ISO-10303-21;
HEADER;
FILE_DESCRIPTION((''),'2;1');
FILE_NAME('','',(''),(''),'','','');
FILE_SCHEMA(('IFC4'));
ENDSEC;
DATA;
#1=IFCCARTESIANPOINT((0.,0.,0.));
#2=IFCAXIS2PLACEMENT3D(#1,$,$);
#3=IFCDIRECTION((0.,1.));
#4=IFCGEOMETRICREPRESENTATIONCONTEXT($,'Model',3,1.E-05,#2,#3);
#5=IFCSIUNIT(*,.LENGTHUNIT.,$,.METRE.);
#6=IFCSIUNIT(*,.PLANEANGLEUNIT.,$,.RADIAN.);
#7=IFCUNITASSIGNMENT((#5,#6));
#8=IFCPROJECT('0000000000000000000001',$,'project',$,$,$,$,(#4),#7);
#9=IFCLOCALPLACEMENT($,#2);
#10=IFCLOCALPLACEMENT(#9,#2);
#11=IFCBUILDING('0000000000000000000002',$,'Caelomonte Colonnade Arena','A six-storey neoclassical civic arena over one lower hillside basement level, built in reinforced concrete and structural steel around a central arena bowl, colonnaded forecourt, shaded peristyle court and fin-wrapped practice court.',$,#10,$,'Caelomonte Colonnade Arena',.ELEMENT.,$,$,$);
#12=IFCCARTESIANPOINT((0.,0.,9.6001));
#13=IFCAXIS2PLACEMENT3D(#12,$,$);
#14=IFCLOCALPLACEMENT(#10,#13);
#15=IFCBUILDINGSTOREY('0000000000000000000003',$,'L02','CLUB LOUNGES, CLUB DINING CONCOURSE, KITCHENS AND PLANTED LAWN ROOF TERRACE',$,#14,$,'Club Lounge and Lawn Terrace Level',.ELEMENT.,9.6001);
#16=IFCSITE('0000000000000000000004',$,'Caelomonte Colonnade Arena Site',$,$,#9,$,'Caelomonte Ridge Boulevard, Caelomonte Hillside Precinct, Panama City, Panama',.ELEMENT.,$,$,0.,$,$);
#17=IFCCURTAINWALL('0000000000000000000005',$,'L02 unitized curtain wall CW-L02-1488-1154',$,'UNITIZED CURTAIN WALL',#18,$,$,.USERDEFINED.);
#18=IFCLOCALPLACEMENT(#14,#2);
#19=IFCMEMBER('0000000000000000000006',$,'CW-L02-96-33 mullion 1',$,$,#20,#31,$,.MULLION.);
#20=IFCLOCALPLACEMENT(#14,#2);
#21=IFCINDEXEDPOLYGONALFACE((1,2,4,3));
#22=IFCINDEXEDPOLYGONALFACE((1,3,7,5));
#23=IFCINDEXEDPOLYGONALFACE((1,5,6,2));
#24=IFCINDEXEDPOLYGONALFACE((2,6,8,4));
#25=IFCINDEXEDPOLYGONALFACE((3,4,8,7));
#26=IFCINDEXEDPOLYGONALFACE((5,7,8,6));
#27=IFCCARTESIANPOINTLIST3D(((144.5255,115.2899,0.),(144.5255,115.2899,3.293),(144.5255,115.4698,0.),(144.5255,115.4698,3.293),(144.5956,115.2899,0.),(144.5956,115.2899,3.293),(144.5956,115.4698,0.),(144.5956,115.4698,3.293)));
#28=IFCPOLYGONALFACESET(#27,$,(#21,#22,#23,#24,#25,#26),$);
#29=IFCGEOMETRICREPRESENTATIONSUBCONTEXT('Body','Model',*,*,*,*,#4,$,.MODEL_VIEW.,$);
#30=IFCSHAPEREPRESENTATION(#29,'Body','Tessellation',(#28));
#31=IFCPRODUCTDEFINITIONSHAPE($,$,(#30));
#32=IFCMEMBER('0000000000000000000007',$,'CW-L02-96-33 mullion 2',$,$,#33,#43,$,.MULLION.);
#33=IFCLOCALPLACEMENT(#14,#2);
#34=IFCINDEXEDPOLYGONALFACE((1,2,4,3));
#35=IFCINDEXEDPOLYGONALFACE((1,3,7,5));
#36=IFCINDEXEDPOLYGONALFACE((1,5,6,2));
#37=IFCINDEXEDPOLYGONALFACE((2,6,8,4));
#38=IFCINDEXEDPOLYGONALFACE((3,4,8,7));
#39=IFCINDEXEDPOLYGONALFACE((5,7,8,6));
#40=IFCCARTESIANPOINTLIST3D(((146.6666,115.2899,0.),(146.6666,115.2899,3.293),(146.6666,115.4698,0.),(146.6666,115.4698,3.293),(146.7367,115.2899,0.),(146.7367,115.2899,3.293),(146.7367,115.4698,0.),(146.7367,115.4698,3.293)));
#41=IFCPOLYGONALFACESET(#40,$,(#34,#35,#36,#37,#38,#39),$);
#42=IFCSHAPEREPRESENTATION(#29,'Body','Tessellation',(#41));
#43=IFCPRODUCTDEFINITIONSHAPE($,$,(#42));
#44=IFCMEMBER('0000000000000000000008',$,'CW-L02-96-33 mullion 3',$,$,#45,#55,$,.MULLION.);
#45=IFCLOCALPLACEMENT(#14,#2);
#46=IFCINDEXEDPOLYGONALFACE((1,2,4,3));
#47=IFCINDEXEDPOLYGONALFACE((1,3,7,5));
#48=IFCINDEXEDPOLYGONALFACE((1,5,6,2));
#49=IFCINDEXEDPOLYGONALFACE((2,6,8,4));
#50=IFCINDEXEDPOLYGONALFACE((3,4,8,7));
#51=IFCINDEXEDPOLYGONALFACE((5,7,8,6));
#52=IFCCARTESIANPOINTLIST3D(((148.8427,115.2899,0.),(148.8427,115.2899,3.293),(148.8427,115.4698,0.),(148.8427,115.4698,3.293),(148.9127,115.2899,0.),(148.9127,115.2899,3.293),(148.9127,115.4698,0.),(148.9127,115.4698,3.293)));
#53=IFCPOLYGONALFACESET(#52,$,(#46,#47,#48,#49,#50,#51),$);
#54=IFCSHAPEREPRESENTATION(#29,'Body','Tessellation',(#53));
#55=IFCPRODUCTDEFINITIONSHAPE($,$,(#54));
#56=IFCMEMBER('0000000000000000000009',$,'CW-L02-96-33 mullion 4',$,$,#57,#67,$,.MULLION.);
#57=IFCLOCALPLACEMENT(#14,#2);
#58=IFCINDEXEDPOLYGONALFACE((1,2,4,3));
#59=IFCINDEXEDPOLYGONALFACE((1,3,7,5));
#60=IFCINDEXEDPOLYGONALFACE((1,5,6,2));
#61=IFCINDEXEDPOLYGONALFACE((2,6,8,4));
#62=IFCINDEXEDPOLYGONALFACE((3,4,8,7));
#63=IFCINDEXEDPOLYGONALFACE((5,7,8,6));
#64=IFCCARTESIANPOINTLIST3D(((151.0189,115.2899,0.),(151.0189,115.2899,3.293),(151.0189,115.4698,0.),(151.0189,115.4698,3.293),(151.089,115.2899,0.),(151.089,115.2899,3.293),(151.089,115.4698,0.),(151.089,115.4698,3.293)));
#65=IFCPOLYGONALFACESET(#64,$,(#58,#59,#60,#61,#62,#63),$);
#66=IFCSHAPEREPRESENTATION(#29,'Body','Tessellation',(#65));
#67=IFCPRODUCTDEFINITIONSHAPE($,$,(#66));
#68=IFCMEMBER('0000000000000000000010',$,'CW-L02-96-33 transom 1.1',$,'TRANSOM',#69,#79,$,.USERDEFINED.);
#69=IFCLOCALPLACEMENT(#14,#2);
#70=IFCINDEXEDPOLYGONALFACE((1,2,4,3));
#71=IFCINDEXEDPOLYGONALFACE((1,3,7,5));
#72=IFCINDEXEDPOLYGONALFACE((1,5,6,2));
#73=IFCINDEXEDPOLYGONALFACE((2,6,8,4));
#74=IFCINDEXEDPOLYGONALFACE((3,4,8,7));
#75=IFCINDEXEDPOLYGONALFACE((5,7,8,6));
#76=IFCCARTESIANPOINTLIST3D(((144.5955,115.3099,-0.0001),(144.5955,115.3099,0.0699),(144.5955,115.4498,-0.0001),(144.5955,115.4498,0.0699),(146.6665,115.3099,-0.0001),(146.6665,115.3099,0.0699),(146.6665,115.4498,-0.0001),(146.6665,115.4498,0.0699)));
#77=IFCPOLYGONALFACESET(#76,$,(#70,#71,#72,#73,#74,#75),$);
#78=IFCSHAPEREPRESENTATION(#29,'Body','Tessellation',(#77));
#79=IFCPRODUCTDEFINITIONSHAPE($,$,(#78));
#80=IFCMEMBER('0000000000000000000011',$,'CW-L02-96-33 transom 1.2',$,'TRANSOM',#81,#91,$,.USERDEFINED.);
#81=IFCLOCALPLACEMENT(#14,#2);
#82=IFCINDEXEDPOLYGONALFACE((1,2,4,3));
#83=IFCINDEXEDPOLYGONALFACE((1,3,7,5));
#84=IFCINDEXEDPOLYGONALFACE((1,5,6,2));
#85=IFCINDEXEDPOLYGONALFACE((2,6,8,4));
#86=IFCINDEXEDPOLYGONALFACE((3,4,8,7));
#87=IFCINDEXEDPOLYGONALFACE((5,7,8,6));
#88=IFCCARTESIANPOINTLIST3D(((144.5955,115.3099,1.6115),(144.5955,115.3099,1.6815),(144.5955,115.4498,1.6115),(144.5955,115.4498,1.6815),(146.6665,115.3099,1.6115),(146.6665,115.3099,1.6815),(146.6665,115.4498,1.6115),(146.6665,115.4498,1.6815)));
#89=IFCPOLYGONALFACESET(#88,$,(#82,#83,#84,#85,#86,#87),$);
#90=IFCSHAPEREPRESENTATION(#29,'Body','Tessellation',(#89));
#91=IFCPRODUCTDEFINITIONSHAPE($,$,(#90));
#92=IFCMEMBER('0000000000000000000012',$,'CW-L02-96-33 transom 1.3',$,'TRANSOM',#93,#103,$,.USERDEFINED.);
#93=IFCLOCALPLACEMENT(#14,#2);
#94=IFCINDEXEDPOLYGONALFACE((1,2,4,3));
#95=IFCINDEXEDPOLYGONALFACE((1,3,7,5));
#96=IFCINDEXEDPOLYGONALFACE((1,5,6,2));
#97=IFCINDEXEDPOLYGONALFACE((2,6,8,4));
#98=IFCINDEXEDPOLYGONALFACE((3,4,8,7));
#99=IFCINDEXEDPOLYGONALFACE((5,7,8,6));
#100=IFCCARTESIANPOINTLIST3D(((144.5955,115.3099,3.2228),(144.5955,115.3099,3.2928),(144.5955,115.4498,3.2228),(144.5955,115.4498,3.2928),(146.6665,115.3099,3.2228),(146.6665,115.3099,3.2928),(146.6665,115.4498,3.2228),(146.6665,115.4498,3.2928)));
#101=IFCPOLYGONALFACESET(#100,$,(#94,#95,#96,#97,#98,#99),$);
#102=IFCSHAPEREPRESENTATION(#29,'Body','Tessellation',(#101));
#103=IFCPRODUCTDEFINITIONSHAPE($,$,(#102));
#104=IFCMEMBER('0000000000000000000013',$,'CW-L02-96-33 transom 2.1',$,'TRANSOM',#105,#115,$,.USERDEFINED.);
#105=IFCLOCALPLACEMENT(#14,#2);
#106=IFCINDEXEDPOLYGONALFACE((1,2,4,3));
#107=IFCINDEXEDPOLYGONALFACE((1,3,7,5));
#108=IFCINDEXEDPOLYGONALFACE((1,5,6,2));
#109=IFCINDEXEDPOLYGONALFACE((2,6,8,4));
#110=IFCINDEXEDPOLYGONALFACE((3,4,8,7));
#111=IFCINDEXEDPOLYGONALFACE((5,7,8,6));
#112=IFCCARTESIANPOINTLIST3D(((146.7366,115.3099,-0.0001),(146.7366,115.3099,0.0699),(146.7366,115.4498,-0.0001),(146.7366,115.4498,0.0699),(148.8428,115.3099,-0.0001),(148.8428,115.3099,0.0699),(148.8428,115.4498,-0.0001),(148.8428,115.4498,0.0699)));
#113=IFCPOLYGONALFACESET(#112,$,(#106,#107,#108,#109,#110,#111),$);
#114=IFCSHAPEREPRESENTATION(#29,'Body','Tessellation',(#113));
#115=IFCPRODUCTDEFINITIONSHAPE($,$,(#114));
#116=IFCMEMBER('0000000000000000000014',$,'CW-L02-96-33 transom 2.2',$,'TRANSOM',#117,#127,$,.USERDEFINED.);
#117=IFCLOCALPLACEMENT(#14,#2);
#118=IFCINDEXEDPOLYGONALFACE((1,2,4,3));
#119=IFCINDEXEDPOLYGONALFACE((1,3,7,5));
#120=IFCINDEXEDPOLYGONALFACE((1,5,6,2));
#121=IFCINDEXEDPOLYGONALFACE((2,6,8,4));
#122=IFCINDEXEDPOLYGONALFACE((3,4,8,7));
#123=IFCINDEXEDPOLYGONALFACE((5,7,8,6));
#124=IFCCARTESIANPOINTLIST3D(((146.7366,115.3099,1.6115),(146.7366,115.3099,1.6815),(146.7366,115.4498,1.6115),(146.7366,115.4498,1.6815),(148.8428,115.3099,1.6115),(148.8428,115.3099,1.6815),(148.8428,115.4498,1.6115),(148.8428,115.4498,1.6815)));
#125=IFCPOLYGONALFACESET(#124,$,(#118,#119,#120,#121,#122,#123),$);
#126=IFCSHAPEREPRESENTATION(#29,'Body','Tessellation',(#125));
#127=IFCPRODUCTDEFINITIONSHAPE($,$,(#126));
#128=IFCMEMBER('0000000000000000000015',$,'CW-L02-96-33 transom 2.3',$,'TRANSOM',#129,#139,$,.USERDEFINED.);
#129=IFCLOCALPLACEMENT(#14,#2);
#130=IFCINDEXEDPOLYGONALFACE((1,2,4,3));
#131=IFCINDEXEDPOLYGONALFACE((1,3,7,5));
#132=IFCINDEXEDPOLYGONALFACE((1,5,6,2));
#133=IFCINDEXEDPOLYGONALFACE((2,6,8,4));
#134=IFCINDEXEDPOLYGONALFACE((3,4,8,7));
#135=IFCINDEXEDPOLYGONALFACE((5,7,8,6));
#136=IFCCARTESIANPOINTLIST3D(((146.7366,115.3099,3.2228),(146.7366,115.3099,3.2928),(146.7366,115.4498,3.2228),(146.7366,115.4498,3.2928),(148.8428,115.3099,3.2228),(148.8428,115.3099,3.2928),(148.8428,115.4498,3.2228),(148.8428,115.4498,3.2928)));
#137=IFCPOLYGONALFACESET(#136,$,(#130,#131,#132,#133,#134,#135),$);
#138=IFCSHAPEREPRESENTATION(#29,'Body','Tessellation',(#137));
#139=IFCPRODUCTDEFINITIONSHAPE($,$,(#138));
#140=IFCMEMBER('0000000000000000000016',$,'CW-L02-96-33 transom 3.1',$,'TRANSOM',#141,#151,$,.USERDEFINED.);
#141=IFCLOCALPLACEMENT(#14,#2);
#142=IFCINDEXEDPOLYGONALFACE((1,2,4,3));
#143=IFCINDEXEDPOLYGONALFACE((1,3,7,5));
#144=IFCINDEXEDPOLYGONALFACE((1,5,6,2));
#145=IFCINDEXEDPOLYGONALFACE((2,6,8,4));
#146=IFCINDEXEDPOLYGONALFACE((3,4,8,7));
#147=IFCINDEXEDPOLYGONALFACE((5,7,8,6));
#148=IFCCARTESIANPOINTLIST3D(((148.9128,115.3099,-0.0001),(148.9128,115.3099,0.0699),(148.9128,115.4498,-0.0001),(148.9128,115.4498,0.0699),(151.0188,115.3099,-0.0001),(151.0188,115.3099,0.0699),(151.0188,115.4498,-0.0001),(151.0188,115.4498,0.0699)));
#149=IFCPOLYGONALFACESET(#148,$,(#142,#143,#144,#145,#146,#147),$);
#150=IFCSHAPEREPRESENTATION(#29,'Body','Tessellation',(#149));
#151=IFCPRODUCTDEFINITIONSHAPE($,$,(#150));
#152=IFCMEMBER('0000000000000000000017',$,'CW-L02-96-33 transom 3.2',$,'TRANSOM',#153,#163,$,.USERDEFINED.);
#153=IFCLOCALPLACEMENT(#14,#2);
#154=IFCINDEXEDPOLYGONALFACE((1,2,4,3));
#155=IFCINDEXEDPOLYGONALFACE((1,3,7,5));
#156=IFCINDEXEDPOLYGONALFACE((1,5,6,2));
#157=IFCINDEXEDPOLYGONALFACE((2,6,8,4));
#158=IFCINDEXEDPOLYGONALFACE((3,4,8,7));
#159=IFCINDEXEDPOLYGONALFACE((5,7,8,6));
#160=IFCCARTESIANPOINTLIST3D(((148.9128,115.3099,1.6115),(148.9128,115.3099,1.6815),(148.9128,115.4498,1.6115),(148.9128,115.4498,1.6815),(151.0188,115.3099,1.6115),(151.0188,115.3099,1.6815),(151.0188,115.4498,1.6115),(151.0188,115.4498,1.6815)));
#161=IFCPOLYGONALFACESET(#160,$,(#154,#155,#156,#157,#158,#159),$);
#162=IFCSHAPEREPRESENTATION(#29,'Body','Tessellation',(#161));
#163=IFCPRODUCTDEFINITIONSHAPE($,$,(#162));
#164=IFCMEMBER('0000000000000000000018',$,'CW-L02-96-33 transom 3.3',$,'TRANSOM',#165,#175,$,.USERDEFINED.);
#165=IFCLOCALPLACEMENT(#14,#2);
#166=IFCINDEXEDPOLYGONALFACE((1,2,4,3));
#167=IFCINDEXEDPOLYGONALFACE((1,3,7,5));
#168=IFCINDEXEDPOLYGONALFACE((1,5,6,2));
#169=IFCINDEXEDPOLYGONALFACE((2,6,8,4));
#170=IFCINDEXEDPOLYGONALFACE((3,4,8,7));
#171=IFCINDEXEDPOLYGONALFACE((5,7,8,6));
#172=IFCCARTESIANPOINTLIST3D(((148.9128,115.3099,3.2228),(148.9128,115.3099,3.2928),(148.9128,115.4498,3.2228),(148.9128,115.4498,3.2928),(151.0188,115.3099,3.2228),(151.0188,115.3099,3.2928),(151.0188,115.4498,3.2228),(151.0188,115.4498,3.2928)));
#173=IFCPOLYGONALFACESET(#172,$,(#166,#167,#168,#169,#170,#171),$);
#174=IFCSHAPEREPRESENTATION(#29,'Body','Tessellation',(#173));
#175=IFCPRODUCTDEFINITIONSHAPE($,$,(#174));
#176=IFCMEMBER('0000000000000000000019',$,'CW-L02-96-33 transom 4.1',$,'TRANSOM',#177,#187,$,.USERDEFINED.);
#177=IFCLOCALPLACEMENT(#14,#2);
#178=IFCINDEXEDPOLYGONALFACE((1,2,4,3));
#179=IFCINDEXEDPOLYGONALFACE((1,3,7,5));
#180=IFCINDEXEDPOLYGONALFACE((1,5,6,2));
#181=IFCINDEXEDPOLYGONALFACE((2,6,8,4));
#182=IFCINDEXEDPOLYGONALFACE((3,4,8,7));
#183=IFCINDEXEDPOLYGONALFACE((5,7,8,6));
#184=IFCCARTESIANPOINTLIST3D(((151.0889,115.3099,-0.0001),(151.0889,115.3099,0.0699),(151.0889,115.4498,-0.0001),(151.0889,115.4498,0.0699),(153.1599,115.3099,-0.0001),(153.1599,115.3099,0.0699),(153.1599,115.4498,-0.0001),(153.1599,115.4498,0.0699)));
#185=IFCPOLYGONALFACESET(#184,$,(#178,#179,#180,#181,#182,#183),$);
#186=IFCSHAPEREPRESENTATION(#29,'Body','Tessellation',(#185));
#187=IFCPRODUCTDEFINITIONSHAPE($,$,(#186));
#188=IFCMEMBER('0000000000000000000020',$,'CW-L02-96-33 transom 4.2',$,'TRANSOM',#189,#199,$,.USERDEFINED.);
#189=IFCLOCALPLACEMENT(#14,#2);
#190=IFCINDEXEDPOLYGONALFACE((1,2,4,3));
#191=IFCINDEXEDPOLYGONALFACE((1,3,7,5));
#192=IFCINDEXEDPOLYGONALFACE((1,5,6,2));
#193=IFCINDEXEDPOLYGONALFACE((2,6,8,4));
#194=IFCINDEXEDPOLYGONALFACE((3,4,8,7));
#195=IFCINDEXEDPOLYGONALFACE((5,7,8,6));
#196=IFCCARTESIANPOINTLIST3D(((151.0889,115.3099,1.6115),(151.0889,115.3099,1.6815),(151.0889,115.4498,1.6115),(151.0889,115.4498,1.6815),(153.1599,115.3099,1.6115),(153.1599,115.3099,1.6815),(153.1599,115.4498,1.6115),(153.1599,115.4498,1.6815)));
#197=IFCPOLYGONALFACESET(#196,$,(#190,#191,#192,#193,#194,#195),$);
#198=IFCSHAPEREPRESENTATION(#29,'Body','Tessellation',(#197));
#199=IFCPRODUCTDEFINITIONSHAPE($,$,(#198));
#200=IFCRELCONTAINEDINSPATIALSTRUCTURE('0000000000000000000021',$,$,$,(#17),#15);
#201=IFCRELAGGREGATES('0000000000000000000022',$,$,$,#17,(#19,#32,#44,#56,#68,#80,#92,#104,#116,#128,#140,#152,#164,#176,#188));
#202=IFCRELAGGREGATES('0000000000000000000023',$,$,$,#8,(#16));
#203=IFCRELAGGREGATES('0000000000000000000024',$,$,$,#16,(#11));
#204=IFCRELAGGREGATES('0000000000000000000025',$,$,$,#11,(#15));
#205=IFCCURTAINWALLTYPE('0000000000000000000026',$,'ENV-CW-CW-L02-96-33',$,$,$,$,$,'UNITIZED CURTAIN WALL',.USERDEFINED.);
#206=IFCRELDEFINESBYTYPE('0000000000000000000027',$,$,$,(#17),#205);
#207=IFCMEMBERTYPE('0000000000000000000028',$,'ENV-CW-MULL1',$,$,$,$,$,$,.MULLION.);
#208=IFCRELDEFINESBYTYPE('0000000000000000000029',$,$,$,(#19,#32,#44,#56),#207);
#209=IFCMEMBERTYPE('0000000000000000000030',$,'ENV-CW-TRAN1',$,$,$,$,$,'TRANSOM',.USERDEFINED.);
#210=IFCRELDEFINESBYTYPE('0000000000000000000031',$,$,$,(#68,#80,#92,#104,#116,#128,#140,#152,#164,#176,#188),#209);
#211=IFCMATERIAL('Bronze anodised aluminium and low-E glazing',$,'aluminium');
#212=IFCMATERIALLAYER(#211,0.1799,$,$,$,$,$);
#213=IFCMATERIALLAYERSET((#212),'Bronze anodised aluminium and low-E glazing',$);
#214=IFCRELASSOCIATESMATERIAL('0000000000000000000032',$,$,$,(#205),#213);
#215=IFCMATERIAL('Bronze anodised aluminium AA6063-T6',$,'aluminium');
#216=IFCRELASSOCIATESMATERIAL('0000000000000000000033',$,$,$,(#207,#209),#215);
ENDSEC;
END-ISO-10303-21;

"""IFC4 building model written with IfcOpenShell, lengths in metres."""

from ifc_helpers import new_model, si_unit, direction, frame, origin, origin_2d, place, context, subcontext, project, spatial, rectangle, extrude, material, layer, layer_set, material_profile, profile_set, type_object, element, aggregate, save


model = new_model("IFC4")

# Units and contexts
model_context = context("Model", 3, precision=1e-05, world=origin(), true_north=direction((0.0, 1.0)))
body_context = subcontext(model_context, "Body", "Model", "MODEL_VIEW")
ifc_project = project(units=[si_unit("LENGTHUNIT", "METRE"), si_unit("PLANEANGLEUNIT", "RADIAN")], contexts=[model_context])

# Site, building, storey
site_placement = place(None, origin())
site = spatial("IfcSite", under=ifc_project, at=site_placement, Name="Caelomonte Colonnade Arena Site", LongName="Caelomonte Ridge Boulevard, Caelomonte Hillside Precinct, Panama City, Panama", CompositionType="ELEMENT", RefElevation=0.0)
building_placement = place(site_placement, origin())
building = spatial("IfcBuilding", under=site, at=building_placement, Name="Caelomonte Colonnade Arena", Description="A six-storey neoclassical civic arena over one lower hillside basement level, built in reinforced concrete and structural steel around a central arena bowl, colonnaded forecourt, shaded peristyle court and fin-wrapped practice court.", LongName="Caelomonte Colonnade Arena", CompositionType="ELEMENT")
storey_placement = place(building_placement, frame((0.0, 0.0, 9.6001)))
storey = spatial("IfcBuildingStorey", under=building, at=storey_placement, Name="L02", Description="CLUB LOUNGES, CLUB DINING CONCOURSE, KITCHENS AND PLANTED LAWN ROOF TERRACE", LongName="Club Lounge and Lawn Terrace Level", CompositionType="ELEMENT", Elevation=9.6001)

# Curtain wall, members
ifc_material_1 = material(Name="Bronze anodised aluminium and low-E glazing", Category="aluminium")
ifc_layer_1 = layer(ifc_material_1, 0.1799)
ifc_layer_set_1 = layer_set([ifc_layer_1], Name="Bronze anodised aluminium and low-E glazing")
curtain_wall_type = type_object("IfcCurtainWallType", Name="ENV-CW-CW-L02-96-33", ElementType="UNITIZED CURTAIN WALL", PredefinedType="USERDEFINED", material=ifc_layer_set_1)
curtain_wall_placement = place(storey_placement, origin())
curtain_wall = element("IfcCurtainWall", 1, at=curtain_wall_placement, inside=storey, type_object=curtain_wall_type, Name="L02 unitized curtain wall CW-L02-1488-1154", ObjectType="UNITIZED CURTAIN WALL", PredefinedType="USERDEFINED")
ifc_material_2 = material(Name="Bronze anodised aluminium AA6063-T6", Category="aluminium")
ifc_material_profile_1 = material_profile(ifc_material_2, rectangle(XDim=0.0701, YDim=0.1799, at=origin_2d()), Name="CWM-70X180")
ifc_profile_set_1 = profile_set([ifc_material_profile_1], Name="Bronze anodised aluminium AA6063-T6")
member_type_1 = type_object("IfcMemberType", Name="ENV-CW-MULL1", PredefinedType="MULLION", material=ifc_profile_set_1)
member_1_placement = place(storey_placement, frame((144.5605, 115.3799, 0.0), z_axis=(0.0, 0.0, 1.0), x_axis=(1.0, 0.0, 0.0)))
member_1 = element("IfcMember", 2, at=member_1_placement, type_object=member_type_1, Name="CW-L02-96-33 mullion 1", PredefinedType="MULLION", context=body_context, shape_type="SweptSolid", body=[
    extrude(rectangle(XDim=0.0701, YDim=0.1799, at=origin_2d()), origin(), (0.0, 0.0, 1.0), 3.293),
])
member_2_placement = place(storey_placement, frame((146.7017, 115.3799, 0.0), z_axis=(0.0, 0.0, 1.0), x_axis=(1.0, 0.0, 0.0)))
member_2 = element("IfcMember", 3, at=member_2_placement, type_object=member_type_1, Name="CW-L02-96-33 mullion 2", PredefinedType="MULLION", context=body_context, shape_type="SweptSolid", body=[
    extrude(rectangle(XDim=0.0701, YDim=0.1799, at=origin_2d()), origin(), (0.0, 0.0, 1.0), 3.293),
])
member_3_placement = place(storey_placement, frame((148.8777, 115.3799, 0.0), z_axis=(0.0, 0.0, 1.0), x_axis=(1.0, 0.0, 0.0)))
member_3 = element("IfcMember", 4, at=member_3_placement, type_object=member_type_1, Name="CW-L02-96-33 mullion 3", PredefinedType="MULLION", context=body_context, shape_type="SweptSolid", body=[
    extrude(rectangle(XDim=0.0701, YDim=0.1799, at=origin_2d()), origin(), (0.0, 0.0, 1.0), 3.293),
])
member_4_placement = place(storey_placement, frame((151.054, 115.3799, 0.0), z_axis=(0.0, 0.0, 1.0), x_axis=(1.0, 0.0, 0.0)))
member_4 = element("IfcMember", 5, at=member_4_placement, type_object=member_type_1, Name="CW-L02-96-33 mullion 4", PredefinedType="MULLION", context=body_context, shape_type="SweptSolid", body=[
    extrude(rectangle(XDim=0.0701, YDim=0.1799, at=origin_2d()), origin(), (0.0, 0.0, 1.0), 3.293),
])
ifc_material_profile_2 = material_profile(ifc_material_2, rectangle(XDim=0.0701, YDim=0.1399, at=origin_2d()), Name="CWT-70X140")
ifc_profile_set_2 = profile_set([ifc_material_profile_2], Name="Bronze anodised aluminium AA6063-T6")
member_type_2 = type_object("IfcMemberType", Name="ENV-CW-TRAN1", ElementType="TRANSOM", PredefinedType="USERDEFINED", material=ifc_profile_set_2)
member_5_placement = place(storey_placement, frame((144.5955, 115.3799, 0.0349), z_axis=(1.0, 0.0, 0.0), x_axis=(0.0, 0.0, 1.0)))
member_5 = element("IfcMember", 6, at=member_5_placement, type_object=member_type_2, Name="CW-L02-96-33 transom 1.1", ObjectType="TRANSOM", PredefinedType="USERDEFINED", context=body_context, shape_type="SweptSolid", body=[
    extrude(rectangle(XDim=0.0701, YDim=0.1399, at=origin_2d()), origin(), (0.0, 0.0, 1.0), 2.071),
])
member_6_placement = place(storey_placement, frame((144.5955, 115.3799, 1.6465), z_axis=(1.0, 0.0, 0.0), x_axis=(0.0, 0.0, 1.0)))
member_6 = element("IfcMember", 7, at=member_6_placement, type_object=member_type_2, Name="CW-L02-96-33 transom 1.2", ObjectType="TRANSOM", PredefinedType="USERDEFINED", context=body_context, shape_type="SweptSolid", body=[
    extrude(rectangle(XDim=0.0701, YDim=0.1399, at=origin_2d()), origin(), (0.0, 0.0, 1.0), 2.071),
])
member_7_placement = place(storey_placement, frame((144.5955, 115.3799, 3.2578), z_axis=(1.0, 0.0, 0.0), x_axis=(0.0, 0.0, 1.0)))
member_7 = element("IfcMember", 8, at=member_7_placement, type_object=member_type_2, Name="CW-L02-96-33 transom 1.3", ObjectType="TRANSOM", PredefinedType="USERDEFINED", context=body_context, shape_type="SweptSolid", body=[
    extrude(rectangle(XDim=0.0701, YDim=0.1399, at=origin_2d()), origin(), (0.0, 0.0, 1.0), 2.071),
])
member_8_placement = place(storey_placement, frame((146.7366, 115.3799, 0.0349), z_axis=(1.0, 0.0, 0.0), x_axis=(0.0, 0.0, 1.0)))
member_8 = element("IfcMember", 9, at=member_8_placement, type_object=member_type_2, Name="CW-L02-96-33 transom 2.1", ObjectType="TRANSOM", PredefinedType="USERDEFINED", context=body_context, shape_type="SweptSolid", body=[
    extrude(rectangle(XDim=0.0701, YDim=0.1399, at=origin_2d()), origin(), (0.0, 0.0, 1.0), 2.1062),
])
member_9_placement = place(storey_placement, frame((146.7366, 115.3799, 1.6465), z_axis=(1.0, 0.0, 0.0), x_axis=(0.0, 0.0, 1.0)))
member_9 = element("IfcMember", 10, at=member_9_placement, type_object=member_type_2, Name="CW-L02-96-33 transom 2.2", ObjectType="TRANSOM", PredefinedType="USERDEFINED", context=body_context, shape_type="SweptSolid", body=[
    extrude(rectangle(XDim=0.0701, YDim=0.1399, at=origin_2d()), origin(), (0.0, 0.0, 1.0), 2.1062),
])
member_10_placement = place(storey_placement, frame((146.7366, 115.3799, 3.2578), z_axis=(1.0, 0.0, 0.0), x_axis=(0.0, 0.0, 1.0)))
member_10 = element("IfcMember", 11, at=member_10_placement, type_object=member_type_2, Name="CW-L02-96-33 transom 2.3", ObjectType="TRANSOM", PredefinedType="USERDEFINED", context=body_context, shape_type="SweptSolid", body=[
    extrude(rectangle(XDim=0.0701, YDim=0.1399, at=origin_2d()), origin(), (0.0, 0.0, 1.0), 2.1062),
])
member_11_placement = place(storey_placement, frame((148.9128, 115.3799, 0.0349), z_axis=(1.0, 0.0, 0.0), x_axis=(0.0, 0.0, 1.0)))
member_11 = element("IfcMember", 12, at=member_11_placement, type_object=member_type_2, Name="CW-L02-96-33 transom 3.1", ObjectType="TRANSOM", PredefinedType="USERDEFINED", context=body_context, shape_type="SweptSolid", body=[
    extrude(rectangle(XDim=0.0701, YDim=0.1399, at=origin_2d()), origin(), (0.0, 0.0, 1.0), 2.106),
])
member_12_placement = place(storey_placement, frame((148.9128, 115.3799, 1.6465), z_axis=(1.0, 0.0, 0.0), x_axis=(0.0, 0.0, 1.0)))
member_12 = element("IfcMember", 13, at=member_12_placement, type_object=member_type_2, Name="CW-L02-96-33 transom 3.2", ObjectType="TRANSOM", PredefinedType="USERDEFINED", context=body_context, shape_type="SweptSolid", body=[
    extrude(rectangle(XDim=0.0701, YDim=0.1399, at=origin_2d()), origin(), (0.0, 0.0, 1.0), 2.106),
])
member_13_placement = place(storey_placement, frame((148.9128, 115.3799, 3.2578), z_axis=(1.0, 0.0, 0.0), x_axis=(0.0, 0.0, 1.0)))
member_13 = element("IfcMember", 14, at=member_13_placement, type_object=member_type_2, Name="CW-L02-96-33 transom 3.3", ObjectType="TRANSOM", PredefinedType="USERDEFINED", context=body_context, shape_type="SweptSolid", body=[
    extrude(rectangle(XDim=0.0701, YDim=0.1399, at=origin_2d()), origin(), (0.0, 0.0, 1.0), 2.106),
])
member_14_placement = place(storey_placement, frame((151.0889, 115.3799, 0.0349), z_axis=(1.0, 0.0, 0.0), x_axis=(0.0, 0.0, 1.0)))
member_14 = element("IfcMember", 15, at=member_14_placement, type_object=member_type_2, Name="CW-L02-96-33 transom 4.1", ObjectType="TRANSOM", PredefinedType="USERDEFINED", context=body_context, shape_type="SweptSolid", body=[
    extrude(rectangle(XDim=0.0701, YDim=0.1399, at=origin_2d()), origin(), (0.0, 0.0, 1.0), 2.071),
])
member_15_placement = place(storey_placement, frame((151.0889, 115.3799, 1.6465), z_axis=(1.0, 0.0, 0.0), x_axis=(0.0, 0.0, 1.0)))
member_15 = element("IfcMember", 16, at=member_15_placement, type_object=member_type_2, Name="CW-L02-96-33 transom 4.2", ObjectType="TRANSOM", PredefinedType="USERDEFINED", context=body_context, shape_type="SweptSolid", body=[
    extrude(rectangle(XDim=0.0701, YDim=0.1399, at=origin_2d()), origin(), (0.0, 0.0, 1.0), 2.071),
])

aggregate(curtain_wall, [member_1, member_2, member_3, member_4, member_5, member_6, member_7, member_8, member_9, member_10, member_11, member_12, member_13, member_14, member_15])

save(model, "model.ifc")
